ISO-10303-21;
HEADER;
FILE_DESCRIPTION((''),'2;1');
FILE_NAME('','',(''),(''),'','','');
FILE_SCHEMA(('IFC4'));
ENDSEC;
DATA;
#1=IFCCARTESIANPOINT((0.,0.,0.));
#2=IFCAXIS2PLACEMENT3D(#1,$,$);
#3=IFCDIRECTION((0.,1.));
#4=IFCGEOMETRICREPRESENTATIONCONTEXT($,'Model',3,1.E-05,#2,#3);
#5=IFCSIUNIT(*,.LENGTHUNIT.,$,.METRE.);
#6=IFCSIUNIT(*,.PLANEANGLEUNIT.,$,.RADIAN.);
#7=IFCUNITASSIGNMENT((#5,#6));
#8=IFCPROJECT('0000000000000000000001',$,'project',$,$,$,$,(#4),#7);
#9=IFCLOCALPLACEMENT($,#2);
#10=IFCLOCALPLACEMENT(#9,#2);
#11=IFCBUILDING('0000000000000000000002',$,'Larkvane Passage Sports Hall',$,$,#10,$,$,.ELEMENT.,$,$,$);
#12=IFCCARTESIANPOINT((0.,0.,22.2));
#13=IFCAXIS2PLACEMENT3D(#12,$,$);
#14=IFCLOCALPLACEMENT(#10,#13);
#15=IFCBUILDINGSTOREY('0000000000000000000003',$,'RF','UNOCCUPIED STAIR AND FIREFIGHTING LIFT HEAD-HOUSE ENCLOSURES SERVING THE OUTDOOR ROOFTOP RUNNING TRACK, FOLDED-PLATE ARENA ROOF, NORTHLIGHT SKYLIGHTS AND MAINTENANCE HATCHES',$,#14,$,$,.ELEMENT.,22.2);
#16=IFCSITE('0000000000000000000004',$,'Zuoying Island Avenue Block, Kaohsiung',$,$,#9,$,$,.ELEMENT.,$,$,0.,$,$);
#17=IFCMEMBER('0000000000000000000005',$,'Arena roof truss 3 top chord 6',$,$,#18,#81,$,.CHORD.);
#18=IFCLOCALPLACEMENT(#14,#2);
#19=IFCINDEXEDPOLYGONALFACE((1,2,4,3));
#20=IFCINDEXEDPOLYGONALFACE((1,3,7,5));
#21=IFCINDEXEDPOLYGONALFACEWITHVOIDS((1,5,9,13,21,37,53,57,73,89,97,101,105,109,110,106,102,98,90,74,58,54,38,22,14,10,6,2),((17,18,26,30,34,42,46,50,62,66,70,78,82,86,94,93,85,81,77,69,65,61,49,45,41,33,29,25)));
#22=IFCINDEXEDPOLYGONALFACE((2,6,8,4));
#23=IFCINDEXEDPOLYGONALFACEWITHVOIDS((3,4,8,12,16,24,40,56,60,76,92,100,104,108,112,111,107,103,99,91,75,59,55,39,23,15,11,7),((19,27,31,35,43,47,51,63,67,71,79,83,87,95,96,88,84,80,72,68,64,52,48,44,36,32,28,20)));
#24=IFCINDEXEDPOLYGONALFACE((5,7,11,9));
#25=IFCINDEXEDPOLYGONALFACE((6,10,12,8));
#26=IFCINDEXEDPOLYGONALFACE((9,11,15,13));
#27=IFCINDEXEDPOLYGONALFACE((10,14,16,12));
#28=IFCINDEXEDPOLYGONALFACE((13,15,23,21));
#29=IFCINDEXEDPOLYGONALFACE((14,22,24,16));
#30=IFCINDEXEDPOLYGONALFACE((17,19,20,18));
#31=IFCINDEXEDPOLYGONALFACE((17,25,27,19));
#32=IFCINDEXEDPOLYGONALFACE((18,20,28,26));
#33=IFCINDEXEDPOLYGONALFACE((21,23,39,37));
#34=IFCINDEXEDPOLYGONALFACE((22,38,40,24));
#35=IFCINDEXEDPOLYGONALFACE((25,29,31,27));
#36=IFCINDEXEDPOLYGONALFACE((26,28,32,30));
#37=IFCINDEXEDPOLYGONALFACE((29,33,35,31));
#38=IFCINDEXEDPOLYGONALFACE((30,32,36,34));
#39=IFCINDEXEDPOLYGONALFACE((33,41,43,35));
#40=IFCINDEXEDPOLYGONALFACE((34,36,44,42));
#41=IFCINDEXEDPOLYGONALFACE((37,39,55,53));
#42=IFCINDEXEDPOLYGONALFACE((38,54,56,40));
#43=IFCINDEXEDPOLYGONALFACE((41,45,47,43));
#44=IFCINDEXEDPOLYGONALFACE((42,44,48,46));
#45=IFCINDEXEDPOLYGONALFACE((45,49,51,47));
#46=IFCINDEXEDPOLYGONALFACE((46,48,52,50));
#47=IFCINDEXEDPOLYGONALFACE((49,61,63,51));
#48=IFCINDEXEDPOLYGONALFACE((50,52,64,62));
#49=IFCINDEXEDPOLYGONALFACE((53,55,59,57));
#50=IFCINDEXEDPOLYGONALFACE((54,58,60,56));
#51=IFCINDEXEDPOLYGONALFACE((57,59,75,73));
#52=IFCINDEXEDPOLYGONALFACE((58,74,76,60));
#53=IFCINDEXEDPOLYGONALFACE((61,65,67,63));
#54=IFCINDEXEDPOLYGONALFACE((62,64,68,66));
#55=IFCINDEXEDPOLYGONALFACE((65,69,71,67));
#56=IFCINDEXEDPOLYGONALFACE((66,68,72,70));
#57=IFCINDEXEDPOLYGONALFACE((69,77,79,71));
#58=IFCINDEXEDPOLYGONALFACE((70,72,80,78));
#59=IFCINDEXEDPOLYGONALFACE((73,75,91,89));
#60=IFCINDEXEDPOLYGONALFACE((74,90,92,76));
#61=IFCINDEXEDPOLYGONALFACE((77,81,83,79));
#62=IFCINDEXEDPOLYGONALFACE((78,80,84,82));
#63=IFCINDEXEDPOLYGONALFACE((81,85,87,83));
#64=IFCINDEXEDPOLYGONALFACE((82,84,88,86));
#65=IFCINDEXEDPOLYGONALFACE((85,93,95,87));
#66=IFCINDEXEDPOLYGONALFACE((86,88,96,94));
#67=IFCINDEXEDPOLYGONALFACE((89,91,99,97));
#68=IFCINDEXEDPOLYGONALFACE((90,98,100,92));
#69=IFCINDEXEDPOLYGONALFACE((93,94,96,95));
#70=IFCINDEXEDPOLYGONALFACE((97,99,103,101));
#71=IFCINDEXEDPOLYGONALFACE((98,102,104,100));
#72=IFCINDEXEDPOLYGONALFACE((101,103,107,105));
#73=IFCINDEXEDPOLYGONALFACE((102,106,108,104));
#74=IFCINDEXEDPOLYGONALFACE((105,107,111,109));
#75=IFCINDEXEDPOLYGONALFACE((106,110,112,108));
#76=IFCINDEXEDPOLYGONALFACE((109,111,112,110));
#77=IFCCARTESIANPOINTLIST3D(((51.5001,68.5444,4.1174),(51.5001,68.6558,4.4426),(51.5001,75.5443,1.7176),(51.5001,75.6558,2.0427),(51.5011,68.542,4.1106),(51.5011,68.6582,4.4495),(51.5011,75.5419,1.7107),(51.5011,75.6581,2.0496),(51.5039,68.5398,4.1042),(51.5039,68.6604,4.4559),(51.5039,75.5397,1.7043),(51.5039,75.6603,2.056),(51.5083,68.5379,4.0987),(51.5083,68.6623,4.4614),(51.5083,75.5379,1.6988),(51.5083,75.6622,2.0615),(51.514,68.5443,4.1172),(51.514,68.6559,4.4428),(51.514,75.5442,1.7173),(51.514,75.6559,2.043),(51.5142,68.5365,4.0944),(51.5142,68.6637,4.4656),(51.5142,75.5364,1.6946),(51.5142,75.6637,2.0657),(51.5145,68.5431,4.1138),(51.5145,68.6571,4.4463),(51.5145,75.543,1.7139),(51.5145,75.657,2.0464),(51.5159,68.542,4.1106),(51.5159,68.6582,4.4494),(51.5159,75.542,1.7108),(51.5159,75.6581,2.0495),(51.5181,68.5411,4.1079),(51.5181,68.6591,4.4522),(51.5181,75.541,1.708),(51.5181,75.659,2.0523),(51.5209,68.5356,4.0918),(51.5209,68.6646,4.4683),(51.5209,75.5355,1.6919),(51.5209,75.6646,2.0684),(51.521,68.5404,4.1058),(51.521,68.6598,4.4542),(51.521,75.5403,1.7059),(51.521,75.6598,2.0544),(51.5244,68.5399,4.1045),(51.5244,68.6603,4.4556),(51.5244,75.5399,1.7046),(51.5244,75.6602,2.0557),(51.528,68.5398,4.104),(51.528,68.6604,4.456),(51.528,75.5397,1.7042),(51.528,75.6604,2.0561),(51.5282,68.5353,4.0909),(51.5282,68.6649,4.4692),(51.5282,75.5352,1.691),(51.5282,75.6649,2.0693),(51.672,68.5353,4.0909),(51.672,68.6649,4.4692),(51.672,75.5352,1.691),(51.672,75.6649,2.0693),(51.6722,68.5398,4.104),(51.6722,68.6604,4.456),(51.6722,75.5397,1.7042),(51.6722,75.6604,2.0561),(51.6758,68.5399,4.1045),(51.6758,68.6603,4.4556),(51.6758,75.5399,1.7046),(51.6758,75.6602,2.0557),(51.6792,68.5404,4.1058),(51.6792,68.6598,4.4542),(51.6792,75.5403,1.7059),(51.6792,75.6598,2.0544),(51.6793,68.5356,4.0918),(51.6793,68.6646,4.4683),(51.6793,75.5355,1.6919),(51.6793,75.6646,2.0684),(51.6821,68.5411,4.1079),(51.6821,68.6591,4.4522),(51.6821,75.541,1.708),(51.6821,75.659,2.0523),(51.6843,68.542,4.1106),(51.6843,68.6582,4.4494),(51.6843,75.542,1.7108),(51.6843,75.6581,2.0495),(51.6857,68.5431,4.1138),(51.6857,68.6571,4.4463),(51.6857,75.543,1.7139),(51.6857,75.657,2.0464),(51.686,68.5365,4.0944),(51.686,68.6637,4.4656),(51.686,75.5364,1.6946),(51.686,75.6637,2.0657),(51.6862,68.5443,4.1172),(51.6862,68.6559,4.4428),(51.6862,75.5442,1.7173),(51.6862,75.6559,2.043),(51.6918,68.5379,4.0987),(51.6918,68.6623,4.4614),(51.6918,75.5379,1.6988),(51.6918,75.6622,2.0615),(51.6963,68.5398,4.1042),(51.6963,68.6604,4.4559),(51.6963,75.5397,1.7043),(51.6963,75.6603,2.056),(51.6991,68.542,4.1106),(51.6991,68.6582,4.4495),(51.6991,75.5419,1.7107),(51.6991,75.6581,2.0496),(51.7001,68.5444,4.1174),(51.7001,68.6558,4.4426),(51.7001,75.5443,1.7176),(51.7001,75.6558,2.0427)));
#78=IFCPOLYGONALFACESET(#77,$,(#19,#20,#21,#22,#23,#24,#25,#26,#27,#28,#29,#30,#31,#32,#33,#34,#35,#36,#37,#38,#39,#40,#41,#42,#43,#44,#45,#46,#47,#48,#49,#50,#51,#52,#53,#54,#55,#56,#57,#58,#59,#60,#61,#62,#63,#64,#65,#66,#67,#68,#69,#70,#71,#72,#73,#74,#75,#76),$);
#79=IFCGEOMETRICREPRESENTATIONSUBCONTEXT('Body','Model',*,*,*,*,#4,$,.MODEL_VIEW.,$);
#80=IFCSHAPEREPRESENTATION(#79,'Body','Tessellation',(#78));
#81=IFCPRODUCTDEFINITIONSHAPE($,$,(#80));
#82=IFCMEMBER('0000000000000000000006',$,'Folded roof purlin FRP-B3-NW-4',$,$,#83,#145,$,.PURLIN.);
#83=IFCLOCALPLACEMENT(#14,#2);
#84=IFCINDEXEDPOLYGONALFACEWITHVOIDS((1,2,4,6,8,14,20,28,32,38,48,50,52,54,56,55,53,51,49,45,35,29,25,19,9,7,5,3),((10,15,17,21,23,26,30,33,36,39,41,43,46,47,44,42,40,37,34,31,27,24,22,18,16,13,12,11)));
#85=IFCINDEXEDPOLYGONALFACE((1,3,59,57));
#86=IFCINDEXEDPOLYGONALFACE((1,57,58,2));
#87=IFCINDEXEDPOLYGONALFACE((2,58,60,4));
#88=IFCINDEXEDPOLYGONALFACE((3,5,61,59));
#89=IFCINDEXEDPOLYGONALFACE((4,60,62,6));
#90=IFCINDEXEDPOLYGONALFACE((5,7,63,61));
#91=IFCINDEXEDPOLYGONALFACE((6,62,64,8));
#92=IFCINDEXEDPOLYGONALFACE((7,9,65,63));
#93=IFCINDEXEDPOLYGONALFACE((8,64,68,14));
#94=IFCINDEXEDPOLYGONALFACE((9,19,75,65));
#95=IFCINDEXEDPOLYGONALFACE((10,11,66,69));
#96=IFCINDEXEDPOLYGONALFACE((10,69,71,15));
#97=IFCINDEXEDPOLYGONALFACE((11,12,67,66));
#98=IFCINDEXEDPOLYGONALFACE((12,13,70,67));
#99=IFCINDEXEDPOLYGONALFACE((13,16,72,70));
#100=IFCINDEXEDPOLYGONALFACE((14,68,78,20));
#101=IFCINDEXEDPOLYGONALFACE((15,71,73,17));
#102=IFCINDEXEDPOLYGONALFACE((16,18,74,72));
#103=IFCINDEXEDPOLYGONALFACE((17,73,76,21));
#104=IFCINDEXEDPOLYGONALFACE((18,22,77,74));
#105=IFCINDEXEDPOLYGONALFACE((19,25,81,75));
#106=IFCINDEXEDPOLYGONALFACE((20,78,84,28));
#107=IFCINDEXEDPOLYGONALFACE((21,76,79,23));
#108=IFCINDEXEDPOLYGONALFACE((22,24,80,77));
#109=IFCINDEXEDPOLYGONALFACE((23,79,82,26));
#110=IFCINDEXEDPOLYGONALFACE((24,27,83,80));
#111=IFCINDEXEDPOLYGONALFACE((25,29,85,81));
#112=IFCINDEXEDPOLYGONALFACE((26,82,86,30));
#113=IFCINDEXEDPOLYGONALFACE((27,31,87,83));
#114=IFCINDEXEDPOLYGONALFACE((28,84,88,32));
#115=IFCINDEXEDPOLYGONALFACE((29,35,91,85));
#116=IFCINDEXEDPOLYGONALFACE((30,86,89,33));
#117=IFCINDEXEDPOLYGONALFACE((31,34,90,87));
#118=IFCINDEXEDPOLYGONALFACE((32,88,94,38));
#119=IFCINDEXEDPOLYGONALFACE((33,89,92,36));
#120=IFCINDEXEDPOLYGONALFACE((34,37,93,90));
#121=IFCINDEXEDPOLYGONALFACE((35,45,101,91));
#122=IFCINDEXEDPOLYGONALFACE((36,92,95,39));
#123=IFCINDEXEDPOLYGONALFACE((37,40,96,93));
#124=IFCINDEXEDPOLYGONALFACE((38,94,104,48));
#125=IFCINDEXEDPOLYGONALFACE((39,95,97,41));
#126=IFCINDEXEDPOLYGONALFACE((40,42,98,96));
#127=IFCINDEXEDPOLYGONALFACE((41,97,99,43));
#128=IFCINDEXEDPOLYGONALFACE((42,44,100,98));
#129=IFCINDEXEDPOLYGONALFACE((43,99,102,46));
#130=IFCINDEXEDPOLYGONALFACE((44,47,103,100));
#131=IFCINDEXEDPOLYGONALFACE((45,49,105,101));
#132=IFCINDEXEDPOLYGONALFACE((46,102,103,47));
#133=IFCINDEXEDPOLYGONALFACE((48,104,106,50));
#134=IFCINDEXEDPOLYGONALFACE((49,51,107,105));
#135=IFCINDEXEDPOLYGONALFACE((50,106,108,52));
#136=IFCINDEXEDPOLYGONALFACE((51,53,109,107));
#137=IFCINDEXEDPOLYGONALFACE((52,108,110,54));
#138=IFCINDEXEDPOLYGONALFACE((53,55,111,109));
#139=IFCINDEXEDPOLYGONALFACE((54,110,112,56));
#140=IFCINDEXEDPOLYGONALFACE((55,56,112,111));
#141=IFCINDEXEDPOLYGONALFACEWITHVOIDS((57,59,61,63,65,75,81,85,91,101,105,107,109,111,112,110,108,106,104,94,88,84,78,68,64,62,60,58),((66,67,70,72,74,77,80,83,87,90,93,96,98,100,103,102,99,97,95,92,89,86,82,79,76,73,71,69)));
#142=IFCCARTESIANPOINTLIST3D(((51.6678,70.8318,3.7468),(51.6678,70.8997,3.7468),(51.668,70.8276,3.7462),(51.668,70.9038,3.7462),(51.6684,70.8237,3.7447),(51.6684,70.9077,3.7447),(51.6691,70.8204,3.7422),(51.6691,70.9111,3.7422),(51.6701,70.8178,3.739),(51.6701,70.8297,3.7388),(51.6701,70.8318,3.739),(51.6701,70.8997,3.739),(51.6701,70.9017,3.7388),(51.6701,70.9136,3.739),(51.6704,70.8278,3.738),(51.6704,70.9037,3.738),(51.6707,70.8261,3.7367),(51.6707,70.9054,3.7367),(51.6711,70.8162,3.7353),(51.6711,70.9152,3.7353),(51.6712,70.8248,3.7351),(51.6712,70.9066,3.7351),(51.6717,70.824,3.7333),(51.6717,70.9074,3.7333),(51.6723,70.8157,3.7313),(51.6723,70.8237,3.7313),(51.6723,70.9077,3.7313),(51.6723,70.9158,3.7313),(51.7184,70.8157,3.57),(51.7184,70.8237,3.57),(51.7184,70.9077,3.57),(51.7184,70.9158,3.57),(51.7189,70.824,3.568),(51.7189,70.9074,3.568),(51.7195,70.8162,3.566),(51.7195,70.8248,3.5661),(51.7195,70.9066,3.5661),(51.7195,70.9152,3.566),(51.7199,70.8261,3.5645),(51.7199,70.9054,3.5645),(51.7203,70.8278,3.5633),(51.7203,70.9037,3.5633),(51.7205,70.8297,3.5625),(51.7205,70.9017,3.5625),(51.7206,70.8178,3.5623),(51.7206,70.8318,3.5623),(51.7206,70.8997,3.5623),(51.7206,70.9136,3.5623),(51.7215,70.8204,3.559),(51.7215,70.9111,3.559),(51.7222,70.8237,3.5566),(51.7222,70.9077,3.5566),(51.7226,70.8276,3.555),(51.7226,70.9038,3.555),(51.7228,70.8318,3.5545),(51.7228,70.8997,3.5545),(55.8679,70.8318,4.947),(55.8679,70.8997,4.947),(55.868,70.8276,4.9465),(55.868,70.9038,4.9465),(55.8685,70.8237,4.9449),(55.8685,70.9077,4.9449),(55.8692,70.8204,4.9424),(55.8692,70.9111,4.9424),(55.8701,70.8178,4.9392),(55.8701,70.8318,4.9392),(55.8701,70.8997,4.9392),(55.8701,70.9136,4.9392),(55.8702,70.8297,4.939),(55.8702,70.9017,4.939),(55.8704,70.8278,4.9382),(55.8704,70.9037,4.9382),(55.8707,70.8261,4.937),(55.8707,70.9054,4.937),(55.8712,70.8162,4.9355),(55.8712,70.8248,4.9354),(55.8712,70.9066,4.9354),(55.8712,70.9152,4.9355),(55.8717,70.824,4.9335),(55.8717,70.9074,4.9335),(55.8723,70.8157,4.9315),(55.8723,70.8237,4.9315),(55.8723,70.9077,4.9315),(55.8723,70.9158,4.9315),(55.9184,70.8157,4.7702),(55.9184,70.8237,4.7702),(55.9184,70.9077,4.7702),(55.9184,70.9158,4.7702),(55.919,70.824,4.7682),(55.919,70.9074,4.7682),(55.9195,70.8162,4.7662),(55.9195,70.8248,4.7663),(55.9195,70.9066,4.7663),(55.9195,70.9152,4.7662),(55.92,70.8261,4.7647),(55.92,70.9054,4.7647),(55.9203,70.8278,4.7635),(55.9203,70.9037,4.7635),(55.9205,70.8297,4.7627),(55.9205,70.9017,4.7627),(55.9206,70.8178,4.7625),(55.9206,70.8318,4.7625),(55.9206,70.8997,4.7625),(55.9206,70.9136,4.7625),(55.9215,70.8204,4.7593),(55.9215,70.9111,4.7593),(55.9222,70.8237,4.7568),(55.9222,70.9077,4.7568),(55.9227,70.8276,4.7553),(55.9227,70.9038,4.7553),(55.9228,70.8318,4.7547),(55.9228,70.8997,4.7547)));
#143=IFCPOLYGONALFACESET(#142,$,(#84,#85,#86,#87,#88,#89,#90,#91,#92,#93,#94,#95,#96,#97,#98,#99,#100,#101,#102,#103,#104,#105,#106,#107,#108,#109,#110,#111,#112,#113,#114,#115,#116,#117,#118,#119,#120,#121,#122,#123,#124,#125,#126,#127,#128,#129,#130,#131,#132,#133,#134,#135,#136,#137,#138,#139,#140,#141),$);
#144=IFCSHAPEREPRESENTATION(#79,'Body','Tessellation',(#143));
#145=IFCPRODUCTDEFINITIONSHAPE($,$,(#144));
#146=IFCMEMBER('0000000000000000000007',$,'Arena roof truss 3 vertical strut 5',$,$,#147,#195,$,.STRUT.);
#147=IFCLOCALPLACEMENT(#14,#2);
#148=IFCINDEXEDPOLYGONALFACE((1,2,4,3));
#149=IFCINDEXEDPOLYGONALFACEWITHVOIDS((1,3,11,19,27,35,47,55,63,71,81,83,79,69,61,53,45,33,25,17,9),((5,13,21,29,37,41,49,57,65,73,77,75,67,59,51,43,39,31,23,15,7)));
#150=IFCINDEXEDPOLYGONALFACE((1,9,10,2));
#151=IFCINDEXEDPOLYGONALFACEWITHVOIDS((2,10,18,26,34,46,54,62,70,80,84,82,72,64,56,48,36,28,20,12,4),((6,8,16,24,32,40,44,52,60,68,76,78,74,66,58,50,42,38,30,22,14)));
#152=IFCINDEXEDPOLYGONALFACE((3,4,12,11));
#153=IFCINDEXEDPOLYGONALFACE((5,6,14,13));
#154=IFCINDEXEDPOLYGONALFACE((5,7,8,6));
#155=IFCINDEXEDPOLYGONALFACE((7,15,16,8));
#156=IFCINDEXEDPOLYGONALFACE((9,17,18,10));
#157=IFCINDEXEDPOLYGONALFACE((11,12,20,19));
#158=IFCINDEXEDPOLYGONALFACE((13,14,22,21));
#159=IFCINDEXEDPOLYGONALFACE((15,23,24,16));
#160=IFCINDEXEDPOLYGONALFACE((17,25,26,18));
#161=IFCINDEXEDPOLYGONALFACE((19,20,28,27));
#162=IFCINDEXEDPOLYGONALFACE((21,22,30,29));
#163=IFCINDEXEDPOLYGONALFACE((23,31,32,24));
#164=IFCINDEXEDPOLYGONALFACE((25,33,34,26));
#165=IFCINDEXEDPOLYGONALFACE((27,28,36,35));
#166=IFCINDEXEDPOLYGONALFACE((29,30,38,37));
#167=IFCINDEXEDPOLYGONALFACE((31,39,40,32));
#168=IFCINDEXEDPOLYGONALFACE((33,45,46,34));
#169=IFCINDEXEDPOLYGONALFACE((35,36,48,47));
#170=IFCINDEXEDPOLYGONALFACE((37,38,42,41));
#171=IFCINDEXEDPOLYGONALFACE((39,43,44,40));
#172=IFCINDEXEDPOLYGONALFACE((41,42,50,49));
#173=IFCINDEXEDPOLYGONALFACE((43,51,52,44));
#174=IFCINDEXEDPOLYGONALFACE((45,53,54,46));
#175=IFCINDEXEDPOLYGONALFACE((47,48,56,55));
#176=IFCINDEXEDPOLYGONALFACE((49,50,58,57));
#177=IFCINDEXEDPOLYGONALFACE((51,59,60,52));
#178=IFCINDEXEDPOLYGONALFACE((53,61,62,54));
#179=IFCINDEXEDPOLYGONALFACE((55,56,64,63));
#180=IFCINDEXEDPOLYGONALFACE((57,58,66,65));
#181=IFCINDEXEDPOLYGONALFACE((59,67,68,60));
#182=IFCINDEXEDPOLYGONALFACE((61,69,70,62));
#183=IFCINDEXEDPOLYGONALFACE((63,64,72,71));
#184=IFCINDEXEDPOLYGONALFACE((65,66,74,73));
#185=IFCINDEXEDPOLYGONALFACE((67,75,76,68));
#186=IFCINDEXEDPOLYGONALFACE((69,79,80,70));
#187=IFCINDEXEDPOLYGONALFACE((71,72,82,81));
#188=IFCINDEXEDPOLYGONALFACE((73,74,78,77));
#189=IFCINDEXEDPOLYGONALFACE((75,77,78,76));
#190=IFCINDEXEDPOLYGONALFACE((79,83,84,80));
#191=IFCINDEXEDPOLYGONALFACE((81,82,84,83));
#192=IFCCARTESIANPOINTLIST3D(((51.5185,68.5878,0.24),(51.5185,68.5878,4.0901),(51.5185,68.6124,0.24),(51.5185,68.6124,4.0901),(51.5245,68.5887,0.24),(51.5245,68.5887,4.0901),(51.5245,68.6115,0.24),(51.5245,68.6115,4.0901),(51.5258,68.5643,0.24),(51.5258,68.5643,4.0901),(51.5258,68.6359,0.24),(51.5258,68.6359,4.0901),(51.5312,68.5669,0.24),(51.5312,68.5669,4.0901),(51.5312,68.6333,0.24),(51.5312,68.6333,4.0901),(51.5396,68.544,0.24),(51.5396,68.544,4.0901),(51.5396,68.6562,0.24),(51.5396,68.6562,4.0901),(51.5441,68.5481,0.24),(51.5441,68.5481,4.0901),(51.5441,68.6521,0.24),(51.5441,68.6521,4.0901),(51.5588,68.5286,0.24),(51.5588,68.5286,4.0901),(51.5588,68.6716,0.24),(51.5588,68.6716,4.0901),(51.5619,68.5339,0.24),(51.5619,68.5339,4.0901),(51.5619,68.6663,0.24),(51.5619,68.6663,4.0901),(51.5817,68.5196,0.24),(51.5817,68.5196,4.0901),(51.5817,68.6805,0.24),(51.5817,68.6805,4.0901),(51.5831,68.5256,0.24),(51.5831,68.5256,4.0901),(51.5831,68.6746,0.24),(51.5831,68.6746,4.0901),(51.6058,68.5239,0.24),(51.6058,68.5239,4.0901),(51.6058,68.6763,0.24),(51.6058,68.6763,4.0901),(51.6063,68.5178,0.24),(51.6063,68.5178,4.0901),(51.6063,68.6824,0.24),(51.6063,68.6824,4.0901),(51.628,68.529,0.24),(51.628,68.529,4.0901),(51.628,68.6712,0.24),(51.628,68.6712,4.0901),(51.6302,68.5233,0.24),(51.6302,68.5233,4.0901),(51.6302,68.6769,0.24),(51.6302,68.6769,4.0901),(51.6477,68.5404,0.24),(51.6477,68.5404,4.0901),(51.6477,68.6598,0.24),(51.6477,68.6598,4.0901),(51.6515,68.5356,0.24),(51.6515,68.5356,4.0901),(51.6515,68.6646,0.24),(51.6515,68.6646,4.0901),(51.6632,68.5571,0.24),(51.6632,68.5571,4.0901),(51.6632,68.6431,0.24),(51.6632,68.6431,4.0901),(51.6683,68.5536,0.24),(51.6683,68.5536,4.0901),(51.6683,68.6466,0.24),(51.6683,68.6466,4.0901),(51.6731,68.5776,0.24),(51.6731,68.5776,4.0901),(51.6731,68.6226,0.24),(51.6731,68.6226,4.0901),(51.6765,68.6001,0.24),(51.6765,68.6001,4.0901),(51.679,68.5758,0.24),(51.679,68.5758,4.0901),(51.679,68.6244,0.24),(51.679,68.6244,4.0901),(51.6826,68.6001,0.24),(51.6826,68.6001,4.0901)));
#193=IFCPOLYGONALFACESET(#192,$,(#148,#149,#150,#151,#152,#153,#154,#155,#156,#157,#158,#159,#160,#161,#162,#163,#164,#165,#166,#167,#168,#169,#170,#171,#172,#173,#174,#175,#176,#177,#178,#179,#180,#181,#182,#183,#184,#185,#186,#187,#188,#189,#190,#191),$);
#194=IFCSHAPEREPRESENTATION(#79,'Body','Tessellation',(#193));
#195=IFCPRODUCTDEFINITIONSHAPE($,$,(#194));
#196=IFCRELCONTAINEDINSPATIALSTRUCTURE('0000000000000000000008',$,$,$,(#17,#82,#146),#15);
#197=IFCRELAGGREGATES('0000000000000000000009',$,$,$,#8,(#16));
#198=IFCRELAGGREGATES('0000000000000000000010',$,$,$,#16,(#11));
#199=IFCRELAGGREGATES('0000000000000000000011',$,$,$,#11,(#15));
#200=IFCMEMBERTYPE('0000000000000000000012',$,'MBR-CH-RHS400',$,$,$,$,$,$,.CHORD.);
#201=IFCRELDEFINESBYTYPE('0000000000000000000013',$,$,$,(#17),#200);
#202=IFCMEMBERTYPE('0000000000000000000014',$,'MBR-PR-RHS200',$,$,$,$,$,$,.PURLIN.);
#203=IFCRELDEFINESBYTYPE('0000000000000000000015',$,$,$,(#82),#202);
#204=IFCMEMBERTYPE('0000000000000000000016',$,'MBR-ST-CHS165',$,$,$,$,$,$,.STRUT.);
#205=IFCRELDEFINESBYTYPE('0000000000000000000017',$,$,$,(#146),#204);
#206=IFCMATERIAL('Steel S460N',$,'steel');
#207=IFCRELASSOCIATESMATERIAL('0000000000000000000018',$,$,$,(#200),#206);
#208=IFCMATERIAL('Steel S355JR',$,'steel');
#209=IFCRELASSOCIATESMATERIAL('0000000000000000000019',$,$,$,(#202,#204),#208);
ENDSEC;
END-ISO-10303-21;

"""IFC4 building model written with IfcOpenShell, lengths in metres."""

from ifc_helpers import new_model, si_unit, direction, frame, origin, origin_2d, place, context, subcontext, project, spatial, hollow_rectangle, hollow_circle, extrude, material, material_profile, profile_set, type_object, element, save


model = new_model("IFC4")

# Units and contexts
model_context = context("Model", 3, precision=1e-05, world=origin(), true_north=direction((0.0, 1.0)))
body_context = subcontext(model_context, "Body", "Model", "MODEL_VIEW")
ifc_project = project(units=[si_unit("LENGTHUNIT", "METRE"), si_unit("PLANEANGLEUNIT", "RADIAN")], contexts=[model_context])

# Site, building, storey
site_placement = place(None, origin())
site = spatial("IfcSite", under=ifc_project, at=site_placement, Name="Zuoying Island Avenue Block, Kaohsiung", CompositionType="ELEMENT", RefElevation=0.0)
building_placement = place(site_placement, origin())
building = spatial("IfcBuilding", under=site, at=building_placement, Name="Larkvane Passage Sports Hall", CompositionType="ELEMENT")
storey_placement = place(building_placement, frame((0.0, 0.0, 22.2)))
storey = spatial("IfcBuildingStorey", under=building, at=storey_placement, Name="RF", Description="UNOCCUPIED STAIR AND FIREFIGHTING LIFT HEAD-HOUSE ENCLOSURES SERVING THE OUTDOOR ROOFTOP RUNNING TRACK, FOLDED-PLATE ARENA ROOF, NORTHLIGHT SKYLIGHTS AND MAINTENANCE HATCHES", CompositionType="ELEMENT", Elevation=22.2)

# Members
ifc_material_1 = material(Name="Steel S460N", Category="steel")
ifc_material_profile_1 = material_profile(ifc_material_1, hollow_rectangle(XDim=0.2, YDim=0.3999, WallThickness=0.0139, InnerFilletRadius=0.0139, OuterFilletRadius=0.0281, at=origin_2d()), Name="RHS-400x200x14")
ifc_profile_set_1 = profile_set([ifc_material_profile_1], Name="Steel S460N")
member_type_1 = type_object("IfcMemberType", Name="MBR-CH-RHS400", PredefinedType="CHORD", material=ifc_profile_set_1)
member_1_placement = place(storey_placement, frame((51.6001, 68.6001, 4.28), z_axis=(0.0, 0.94595, -0.324313), x_axis=(-1.0, 0.0, 0.0)))
element("IfcMember", 1, at=member_1_placement, inside=storey, type_object=member_type_1, Name="Arena roof truss 3 top chord 6", PredefinedType="CHORD", context=body_context, shape_type="SweptSolid", body=[
    extrude(hollow_rectangle(XDim=0.2, YDim=0.3999, WallThickness=0.0139, InnerFilletRadius=0.0139, OuterFilletRadius=0.0281, at=origin_2d()), origin(), (0.0, 0.0, 1.0), 7.3999),
])
ifc_material_2 = material(Name="Steel S355JR", Category="steel")
ifc_material_profile_2 = material_profile(ifc_material_2, hollow_rectangle(XDim=0.1001, YDim=0.2, WallThickness=0.0081, InnerFilletRadius=0.0081, OuterFilletRadius=0.0161, at=origin_2d()), Name="RHS-200x100x8")
ifc_profile_set_2 = profile_set([ifc_material_profile_2], Name="Steel S355JR")
member_type_2 = type_object("IfcMemberType", Name="MBR-PR-RHS200", PredefinedType="PURLIN", material=ifc_profile_set_2)
member_2_placement = place(storey_placement, frame((51.6953, 70.8657, 3.6506), z_axis=(0.961511, 0.0, 0.274765), x_axis=(0.0, 1.0, 0.0)))
element("IfcMember", 2, at=member_2_placement, inside=storey, type_object=member_type_2, Name="Folded roof purlin FRP-B3-NW-4", PredefinedType="PURLIN", context=body_context, shape_type="SweptSolid", body=[
    extrude(hollow_rectangle(XDim=0.1001, YDim=0.2, WallThickness=0.0081, InnerFilletRadius=0.0081, OuterFilletRadius=0.0161, at=origin_2d()), origin(), (0.0, 0.0, 1.0), 4.3682),
])
ifc_material_profile_3 = material_profile(ifc_material_2, hollow_circle(Radius=0.0825, WallThickness=0.0061, at=origin_2d()), Name="CHS-165.2x6.0")
ifc_profile_set_3 = profile_set([ifc_material_profile_3], Name="Steel S355JR")
member_type_3 = type_object("IfcMemberType", Name="MBR-ST-CHS165", PredefinedType="STRUT", material=ifc_profile_set_3)
member_3_placement = place(storey_placement, frame((51.6001, 68.6001, 0.24), z_axis=(0.0, 0.0, 1.0), x_axis=(1.0, 0.0, 0.0)))
element("IfcMember", 3, at=member_3_placement, inside=storey, type_object=member_type_3, Name="Arena roof truss 3 vertical strut 5", PredefinedType="STRUT", context=body_context, shape_type="SweptSolid", body=[
    extrude(hollow_circle(Radius=0.0825, WallThickness=0.0061, at=origin_2d()), origin(), (0.0, 0.0, 1.0), 3.8501),
])

save(model, "model.ifc")
